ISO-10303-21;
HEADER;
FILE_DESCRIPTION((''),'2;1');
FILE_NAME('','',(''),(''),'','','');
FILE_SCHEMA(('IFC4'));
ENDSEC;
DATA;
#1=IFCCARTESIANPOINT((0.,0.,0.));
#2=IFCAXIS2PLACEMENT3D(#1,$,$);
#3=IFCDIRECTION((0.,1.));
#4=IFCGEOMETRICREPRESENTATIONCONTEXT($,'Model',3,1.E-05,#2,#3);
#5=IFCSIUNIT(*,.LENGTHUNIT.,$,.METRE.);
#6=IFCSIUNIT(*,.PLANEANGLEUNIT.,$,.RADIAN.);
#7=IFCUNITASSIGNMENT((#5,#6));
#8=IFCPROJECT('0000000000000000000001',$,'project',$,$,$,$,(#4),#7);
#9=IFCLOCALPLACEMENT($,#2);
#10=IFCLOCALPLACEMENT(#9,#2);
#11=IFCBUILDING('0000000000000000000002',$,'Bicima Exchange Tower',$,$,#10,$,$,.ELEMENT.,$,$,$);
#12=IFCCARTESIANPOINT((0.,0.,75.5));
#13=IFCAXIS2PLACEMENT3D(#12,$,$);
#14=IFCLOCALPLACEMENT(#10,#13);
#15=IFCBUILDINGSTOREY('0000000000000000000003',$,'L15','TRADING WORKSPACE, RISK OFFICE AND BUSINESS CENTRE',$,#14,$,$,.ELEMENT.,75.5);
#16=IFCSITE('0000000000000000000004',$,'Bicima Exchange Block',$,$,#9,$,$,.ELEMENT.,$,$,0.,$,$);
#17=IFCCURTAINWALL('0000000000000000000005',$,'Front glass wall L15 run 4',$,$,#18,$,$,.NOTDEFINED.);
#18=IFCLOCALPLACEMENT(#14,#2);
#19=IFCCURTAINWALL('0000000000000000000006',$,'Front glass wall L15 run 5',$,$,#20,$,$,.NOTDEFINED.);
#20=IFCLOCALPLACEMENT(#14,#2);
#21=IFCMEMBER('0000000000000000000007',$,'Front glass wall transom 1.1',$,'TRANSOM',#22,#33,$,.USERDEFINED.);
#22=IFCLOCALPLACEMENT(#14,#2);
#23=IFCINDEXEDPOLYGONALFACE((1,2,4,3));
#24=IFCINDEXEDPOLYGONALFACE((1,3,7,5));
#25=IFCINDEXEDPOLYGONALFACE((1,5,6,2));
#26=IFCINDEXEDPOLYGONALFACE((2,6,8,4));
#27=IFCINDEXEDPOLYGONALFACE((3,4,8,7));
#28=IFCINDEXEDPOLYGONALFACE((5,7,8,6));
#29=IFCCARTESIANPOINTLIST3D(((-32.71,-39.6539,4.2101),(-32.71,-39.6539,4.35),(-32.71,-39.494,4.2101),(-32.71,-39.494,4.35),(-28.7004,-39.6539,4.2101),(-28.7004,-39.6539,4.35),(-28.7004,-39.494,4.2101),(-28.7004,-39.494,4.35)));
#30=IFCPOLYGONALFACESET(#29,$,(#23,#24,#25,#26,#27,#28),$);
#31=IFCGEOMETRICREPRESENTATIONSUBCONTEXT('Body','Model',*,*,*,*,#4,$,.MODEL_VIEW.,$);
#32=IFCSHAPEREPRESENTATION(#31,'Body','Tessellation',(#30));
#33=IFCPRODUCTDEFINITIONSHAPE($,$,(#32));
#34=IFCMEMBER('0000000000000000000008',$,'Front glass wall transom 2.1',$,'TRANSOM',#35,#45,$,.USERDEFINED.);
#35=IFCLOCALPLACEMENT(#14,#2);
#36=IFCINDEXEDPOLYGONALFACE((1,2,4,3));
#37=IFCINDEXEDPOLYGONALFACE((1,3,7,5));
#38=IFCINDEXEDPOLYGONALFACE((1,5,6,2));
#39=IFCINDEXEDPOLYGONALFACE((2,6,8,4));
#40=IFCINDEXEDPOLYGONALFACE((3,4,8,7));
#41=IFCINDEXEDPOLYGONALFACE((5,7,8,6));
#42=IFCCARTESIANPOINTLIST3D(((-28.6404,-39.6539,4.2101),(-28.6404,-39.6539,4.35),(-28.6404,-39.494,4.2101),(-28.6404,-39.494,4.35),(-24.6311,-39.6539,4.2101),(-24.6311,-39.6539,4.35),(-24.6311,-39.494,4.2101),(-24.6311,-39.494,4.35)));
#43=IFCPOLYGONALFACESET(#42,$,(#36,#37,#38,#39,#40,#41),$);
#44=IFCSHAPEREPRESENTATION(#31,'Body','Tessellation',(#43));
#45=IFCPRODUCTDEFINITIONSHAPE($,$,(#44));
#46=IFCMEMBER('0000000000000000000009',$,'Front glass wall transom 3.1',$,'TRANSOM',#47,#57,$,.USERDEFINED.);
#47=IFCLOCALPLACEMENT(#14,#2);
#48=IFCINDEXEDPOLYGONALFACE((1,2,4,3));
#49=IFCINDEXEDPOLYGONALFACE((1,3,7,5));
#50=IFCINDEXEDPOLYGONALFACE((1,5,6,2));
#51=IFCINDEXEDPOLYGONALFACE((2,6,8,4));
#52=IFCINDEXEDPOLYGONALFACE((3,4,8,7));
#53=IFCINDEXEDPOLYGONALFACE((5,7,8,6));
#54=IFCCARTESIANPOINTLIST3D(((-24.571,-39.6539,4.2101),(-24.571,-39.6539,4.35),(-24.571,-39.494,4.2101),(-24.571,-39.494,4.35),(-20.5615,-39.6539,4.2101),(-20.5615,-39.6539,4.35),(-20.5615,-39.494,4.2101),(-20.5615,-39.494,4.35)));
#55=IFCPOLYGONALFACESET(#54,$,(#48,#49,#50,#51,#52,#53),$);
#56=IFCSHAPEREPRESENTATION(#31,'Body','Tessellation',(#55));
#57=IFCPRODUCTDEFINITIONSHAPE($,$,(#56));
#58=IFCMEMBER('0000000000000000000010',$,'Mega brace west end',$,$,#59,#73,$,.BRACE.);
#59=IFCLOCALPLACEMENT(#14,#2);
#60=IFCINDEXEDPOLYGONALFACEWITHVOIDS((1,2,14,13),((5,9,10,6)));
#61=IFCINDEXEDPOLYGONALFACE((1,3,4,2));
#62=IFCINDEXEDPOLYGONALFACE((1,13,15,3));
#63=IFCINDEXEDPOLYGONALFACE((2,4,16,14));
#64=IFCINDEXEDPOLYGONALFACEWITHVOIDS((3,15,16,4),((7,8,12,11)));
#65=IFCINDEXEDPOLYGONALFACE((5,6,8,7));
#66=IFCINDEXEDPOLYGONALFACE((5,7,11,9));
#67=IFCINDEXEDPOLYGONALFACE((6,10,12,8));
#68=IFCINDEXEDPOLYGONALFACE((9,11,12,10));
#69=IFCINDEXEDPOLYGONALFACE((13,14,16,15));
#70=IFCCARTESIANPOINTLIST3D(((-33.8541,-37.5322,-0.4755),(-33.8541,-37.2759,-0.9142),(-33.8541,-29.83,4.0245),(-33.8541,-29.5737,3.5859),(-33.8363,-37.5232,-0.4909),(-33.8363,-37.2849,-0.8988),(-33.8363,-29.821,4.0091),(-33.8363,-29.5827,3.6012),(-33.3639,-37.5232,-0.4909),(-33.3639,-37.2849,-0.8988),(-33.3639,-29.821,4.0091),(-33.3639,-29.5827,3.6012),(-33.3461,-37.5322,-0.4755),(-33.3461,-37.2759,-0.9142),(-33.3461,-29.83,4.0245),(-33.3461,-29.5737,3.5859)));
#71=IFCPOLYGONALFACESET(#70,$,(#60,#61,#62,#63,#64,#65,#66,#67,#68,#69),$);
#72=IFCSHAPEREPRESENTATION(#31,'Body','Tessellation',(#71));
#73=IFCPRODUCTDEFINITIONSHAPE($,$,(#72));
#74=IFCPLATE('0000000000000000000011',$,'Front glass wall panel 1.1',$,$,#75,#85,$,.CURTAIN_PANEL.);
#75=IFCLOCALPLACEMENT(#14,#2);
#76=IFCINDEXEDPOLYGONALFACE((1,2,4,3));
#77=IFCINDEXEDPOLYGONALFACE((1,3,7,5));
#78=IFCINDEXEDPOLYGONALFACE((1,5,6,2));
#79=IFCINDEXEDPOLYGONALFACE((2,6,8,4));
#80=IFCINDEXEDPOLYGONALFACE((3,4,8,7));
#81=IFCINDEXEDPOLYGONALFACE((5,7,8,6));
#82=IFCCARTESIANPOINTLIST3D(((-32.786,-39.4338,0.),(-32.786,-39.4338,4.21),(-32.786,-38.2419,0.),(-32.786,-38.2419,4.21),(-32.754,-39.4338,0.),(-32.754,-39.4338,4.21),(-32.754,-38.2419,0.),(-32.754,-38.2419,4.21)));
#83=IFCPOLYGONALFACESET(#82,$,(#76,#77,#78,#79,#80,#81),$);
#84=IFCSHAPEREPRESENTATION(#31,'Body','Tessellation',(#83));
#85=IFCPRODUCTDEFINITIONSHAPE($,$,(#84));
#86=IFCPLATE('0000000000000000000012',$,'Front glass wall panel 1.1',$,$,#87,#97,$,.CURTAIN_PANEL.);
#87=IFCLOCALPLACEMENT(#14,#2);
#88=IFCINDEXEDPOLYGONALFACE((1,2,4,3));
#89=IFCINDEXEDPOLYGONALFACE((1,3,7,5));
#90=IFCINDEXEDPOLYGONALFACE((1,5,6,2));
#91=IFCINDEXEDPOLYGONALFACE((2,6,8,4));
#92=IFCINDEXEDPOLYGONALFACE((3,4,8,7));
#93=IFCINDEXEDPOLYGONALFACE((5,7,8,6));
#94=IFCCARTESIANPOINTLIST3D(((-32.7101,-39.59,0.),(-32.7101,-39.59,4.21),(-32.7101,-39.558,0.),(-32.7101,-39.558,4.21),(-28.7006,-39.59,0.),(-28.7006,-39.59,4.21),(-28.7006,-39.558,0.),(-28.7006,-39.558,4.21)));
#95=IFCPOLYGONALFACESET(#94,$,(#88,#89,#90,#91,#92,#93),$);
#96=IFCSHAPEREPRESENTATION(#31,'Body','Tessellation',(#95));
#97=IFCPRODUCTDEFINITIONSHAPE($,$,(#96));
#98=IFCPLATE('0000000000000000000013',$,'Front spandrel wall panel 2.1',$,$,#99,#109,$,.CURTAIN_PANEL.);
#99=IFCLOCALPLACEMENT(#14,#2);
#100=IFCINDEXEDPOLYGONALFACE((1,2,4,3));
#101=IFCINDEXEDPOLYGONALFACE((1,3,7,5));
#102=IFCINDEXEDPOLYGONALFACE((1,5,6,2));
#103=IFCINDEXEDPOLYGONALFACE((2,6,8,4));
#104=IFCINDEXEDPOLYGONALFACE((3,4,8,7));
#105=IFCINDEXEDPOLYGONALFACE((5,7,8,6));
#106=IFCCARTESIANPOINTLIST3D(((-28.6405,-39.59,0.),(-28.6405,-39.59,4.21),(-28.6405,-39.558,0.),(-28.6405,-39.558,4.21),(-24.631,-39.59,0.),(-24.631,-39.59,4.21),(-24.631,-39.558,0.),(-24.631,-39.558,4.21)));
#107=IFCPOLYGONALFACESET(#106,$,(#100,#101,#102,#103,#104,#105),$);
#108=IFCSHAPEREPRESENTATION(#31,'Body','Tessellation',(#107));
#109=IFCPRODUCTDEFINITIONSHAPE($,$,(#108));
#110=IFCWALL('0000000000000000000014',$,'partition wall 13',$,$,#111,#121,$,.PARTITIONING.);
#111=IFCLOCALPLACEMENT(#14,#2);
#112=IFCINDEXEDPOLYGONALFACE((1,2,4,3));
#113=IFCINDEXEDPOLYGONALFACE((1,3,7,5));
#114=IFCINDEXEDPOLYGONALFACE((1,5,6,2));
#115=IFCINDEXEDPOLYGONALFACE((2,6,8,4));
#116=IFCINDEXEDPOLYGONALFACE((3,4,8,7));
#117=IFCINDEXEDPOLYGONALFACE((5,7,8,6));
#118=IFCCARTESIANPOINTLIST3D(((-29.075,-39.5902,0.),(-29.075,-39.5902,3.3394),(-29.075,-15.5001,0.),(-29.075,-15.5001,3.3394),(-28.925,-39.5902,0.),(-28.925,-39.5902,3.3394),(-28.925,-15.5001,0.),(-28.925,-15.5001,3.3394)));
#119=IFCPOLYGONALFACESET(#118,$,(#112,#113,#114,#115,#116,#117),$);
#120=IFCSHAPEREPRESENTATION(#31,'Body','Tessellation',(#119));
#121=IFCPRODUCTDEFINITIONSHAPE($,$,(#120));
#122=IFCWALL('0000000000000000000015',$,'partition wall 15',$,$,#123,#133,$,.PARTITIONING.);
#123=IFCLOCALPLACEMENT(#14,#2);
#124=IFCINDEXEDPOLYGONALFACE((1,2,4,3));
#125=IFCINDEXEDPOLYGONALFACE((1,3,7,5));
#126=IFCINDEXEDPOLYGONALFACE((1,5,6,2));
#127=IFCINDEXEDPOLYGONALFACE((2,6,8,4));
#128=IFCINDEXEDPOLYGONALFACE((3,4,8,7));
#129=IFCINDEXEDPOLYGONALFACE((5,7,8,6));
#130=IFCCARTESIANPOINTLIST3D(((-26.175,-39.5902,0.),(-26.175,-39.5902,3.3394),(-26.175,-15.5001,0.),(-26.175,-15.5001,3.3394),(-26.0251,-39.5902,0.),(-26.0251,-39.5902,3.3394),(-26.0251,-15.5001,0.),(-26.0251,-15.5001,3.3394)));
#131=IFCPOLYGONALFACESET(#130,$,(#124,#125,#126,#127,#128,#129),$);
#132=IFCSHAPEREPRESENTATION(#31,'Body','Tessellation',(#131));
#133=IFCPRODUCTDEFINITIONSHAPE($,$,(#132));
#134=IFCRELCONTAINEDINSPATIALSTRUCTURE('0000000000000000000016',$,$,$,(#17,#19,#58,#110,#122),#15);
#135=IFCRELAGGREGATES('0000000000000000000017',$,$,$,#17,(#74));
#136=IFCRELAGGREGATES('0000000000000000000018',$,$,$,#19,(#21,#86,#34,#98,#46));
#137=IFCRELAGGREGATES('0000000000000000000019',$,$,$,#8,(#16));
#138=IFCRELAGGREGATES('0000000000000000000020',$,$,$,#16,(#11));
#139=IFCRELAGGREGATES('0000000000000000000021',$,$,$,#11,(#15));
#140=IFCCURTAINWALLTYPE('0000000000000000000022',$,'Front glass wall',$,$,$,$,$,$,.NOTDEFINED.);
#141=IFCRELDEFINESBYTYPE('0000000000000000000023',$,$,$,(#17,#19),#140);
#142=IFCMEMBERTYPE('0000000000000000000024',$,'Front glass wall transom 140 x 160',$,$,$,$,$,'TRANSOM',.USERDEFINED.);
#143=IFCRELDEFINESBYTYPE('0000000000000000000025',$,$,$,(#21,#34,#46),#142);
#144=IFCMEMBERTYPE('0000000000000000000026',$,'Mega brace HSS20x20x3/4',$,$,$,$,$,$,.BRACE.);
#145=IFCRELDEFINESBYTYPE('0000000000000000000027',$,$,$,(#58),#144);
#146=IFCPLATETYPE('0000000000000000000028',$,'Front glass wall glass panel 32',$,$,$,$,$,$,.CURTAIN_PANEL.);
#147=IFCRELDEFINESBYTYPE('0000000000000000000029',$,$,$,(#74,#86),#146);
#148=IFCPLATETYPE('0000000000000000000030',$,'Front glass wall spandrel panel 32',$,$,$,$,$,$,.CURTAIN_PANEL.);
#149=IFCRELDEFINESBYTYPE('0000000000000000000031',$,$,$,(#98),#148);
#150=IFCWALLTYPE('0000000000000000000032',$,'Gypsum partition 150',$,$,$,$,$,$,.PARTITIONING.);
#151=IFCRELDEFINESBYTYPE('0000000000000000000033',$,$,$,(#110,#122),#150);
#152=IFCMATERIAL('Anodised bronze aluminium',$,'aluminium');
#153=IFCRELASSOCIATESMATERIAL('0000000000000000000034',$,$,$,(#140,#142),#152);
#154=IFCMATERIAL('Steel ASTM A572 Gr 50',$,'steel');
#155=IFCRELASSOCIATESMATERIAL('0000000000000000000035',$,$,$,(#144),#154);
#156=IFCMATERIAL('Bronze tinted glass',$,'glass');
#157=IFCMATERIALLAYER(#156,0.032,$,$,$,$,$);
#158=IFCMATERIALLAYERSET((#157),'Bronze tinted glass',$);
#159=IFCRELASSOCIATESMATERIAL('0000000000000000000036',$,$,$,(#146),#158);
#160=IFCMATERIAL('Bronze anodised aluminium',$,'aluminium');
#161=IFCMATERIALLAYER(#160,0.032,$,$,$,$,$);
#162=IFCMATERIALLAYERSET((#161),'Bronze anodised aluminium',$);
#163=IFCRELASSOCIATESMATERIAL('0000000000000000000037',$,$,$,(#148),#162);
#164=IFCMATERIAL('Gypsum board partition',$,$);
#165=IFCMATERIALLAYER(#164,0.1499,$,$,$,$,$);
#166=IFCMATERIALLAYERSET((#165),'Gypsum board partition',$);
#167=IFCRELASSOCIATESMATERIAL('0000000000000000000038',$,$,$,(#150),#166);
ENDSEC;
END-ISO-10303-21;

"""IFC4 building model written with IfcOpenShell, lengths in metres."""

from ifc_helpers import new_model, si_unit, direction, frame, frame_2d, origin, origin_2d, place, context, subcontext, project, spatial, rectangle, hollow_rectangle, extrude, material, layer, layer_set, material_profile, profile_set, type_object, element, aggregate, save


model = new_model("IFC4")

# Units and contexts
model_context = context("Model", 3, precision=1e-05, world=origin(), true_north=direction((0.0, 1.0)))
body_context = subcontext(model_context, "Body", "Model", "MODEL_VIEW")
ifc_project = project(units=[si_unit("LENGTHUNIT", "METRE"), si_unit("PLANEANGLEUNIT", "RADIAN")], contexts=[model_context])

# Site, building, storey
site_placement = place(None, origin())
site = spatial("IfcSite", under=ifc_project, at=site_placement, Name="Bicima Exchange Block", CompositionType="ELEMENT", RefElevation=0.0)
building_placement = place(site_placement, origin())
building = spatial("IfcBuilding", under=site, at=building_placement, Name="Bicima Exchange Tower", CompositionType="ELEMENT")
storey_placement = place(building_placement, frame((0.0, 0.0, 75.5)))
storey = spatial("IfcBuildingStorey", under=building, at=storey_placement, Name="L15", Description="TRADING WORKSPACE, RISK OFFICE AND BUSINESS CENTRE", CompositionType="ELEMENT", Elevation=75.5)

# Shared definitions
ifc_material_1 = material(Name="Steel ASTM A572 Gr 50", Category="steel")

# Shared definitions
ifc_material_2 = material(Name="Anodised bronze aluminium", Category="aluminium")
curtain_wall_type = type_object("IfcCurtainWallType", Name="Front glass wall", PredefinedType="NOTDEFINED", material=ifc_material_2)

# Curtain walls
curtain_wall_1_placement = place(storey_placement, origin())
curtain_wall_1 = element("IfcCurtainWall", 1, at=curtain_wall_1_placement, inside=storey, type_object=curtain_wall_type, Name="Front glass wall L15 run 4", PredefinedType="NOTDEFINED")
curtain_wall_2_placement = place(storey_placement, origin())
curtain_wall_2 = element("IfcCurtainWall", 2, at=curtain_wall_2_placement, inside=storey, type_object=curtain_wall_type, Name="Front glass wall L15 run 5", PredefinedType="NOTDEFINED")

# Members
ifc_material_profile_1 = material_profile(ifc_material_2, rectangle(XDim=0.1599, YDim=0.1399, at=origin_2d()))
ifc_profile_set_1 = profile_set([ifc_material_profile_1], Name="Anodised bronze aluminium")
member_type_1 = type_object("IfcMemberType", Name="Front glass wall transom 140 x 160", ElementType="TRANSOM", PredefinedType="USERDEFINED", material=ifc_profile_set_1)
member_1_placement = place(storey_placement, frame((-32.71, -39.574, 4.28), z_axis=(1.0, 0.0, 0.0), x_axis=(0.0, 1.0, 0.0)))
member_1 = element("IfcMember", 3, at=member_1_placement, type_object=member_type_1, Name="Front glass wall transom 1.1", ObjectType="TRANSOM", PredefinedType="USERDEFINED", context=body_context, shape_type="SweptSolid", body=[
    extrude(rectangle(XDim=0.1599, YDim=0.1399, at=origin_2d()), origin(), (0.0, 0.0, 1.0), 4.0095),
])
member_2_placement = place(storey_placement, frame((-28.6404, -39.574, 4.28), z_axis=(1.0, 0.0, 0.0), x_axis=(0.0, 1.0, 0.0)))
member_2 = element("IfcMember", 4, at=member_2_placement, type_object=member_type_1, Name="Front glass wall transom 2.1", ObjectType="TRANSOM", PredefinedType="USERDEFINED", context=body_context, shape_type="SweptSolid", body=[
    extrude(rectangle(XDim=0.1599, YDim=0.1399, at=origin_2d()), origin(), (0.0, 0.0, 1.0), 4.0093),
])
member_3_placement = place(storey_placement, frame((-24.571, -39.574, 4.28), z_axis=(1.0, 0.0, 0.0), x_axis=(0.0, 1.0, 0.0)))
member_3 = element("IfcMember", 5, at=member_3_placement, type_object=member_type_1, Name="Front glass wall transom 3.1", ObjectType="TRANSOM", PredefinedType="USERDEFINED", context=body_context, shape_type="SweptSolid", body=[
    extrude(rectangle(XDim=0.1599, YDim=0.1399, at=origin_2d()), origin(), (0.0, 0.0, 1.0), 4.0095),
])
ifc_material_profile_2 = material_profile(ifc_material_1, hollow_rectangle(XDim=0.5081, YDim=0.5081, WallThickness=0.0178, at=origin_2d()))
ifc_profile_set_2 = profile_set([ifc_material_profile_2], Name="Steel ASTM A572 Gr 50")
member_type_2 = type_object("IfcMemberType", Name="Mega brace HSS20x20x3/4", PredefinedType="BRACE", material=ifc_profile_set_2)
member_4_placement = place(storey_placement, frame((-33.6001, -37.4041, -0.6948), z_axis=(0.0, 0.863433, 0.504463), x_axis=(-1.0, 0.0, 0.0)))
element("IfcMember", 6, at=member_4_placement, inside=storey, type_object=member_type_2, Name="Mega brace west end", PredefinedType="BRACE", context=body_context, shape_type="SweptSolid", body=[
    extrude(hollow_rectangle(XDim=0.5081, YDim=0.5081, WallThickness=0.0178, at=origin_2d()), origin(), (0.0, 0.0, 1.0), 8.9204),
])

# Plates
ifc_material_3 = material(Name="Bronze tinted glass", Category="glass")
ifc_layer_1 = layer(ifc_material_3, 0.032)
ifc_layer_set_1 = layer_set([ifc_layer_1], Name="Bronze tinted glass")
plate_type_1 = type_object("IfcPlateType", Name="Front glass wall glass panel 32", PredefinedType="CURTAIN_PANEL", material=ifc_layer_set_1)
plate_1_placement = place(storey_placement, frame((-32.77, -38.8379, 0.0), z_axis=(0.0, 0.0, 1.0), x_axis=(0.0, -1.0, 0.0)))
plate_1 = element("IfcPlate", 7, at=plate_1_placement, type_object=plate_type_1, Name="Front glass wall panel 1.1", PredefinedType="CURTAIN_PANEL", context=body_context, shape_type="SweptSolid", body=[
    extrude(rectangle(XDim=1.1919, YDim=0.032, at=origin_2d()), origin(), (0.0, 0.0, 1.0), 4.21),
])
aggregate(curtain_wall_1, [plate_1])
plate_2_placement = place(storey_placement, frame((-30.7053, -39.574, 0.0), z_axis=(0.0, 0.0, 1.0), x_axis=(1.0, 0.0, 0.0)))
plate_2 = element("IfcPlate", 8, at=plate_2_placement, type_object=plate_type_1, Name="Front glass wall panel 1.1", PredefinedType="CURTAIN_PANEL", context=body_context, shape_type="SweptSolid", body=[
    extrude(rectangle(XDim=4.0095, YDim=0.032, at=origin_2d()), origin(), (0.0, 0.0, 1.0), 4.21),
])
ifc_material_4 = material(Name="Bronze anodised aluminium", Category="aluminium")
ifc_layer_2 = layer(ifc_material_4, 0.032)
ifc_layer_set_2 = layer_set([ifc_layer_2], Name="Bronze anodised aluminium")
plate_type_2 = type_object("IfcPlateType", Name="Front glass wall spandrel panel 32", PredefinedType="CURTAIN_PANEL", material=ifc_layer_set_2)
plate_3_placement = place(storey_placement, frame((-26.6357, -39.574, 0.0), z_axis=(0.0, 0.0, 1.0), x_axis=(1.0, 0.0, 0.0)))
plate_3 = element("IfcPlate", 9, at=plate_3_placement, type_object=plate_type_2, Name="Front spandrel wall panel 2.1", PredefinedType="CURTAIN_PANEL", context=body_context, shape_type="SweptSolid", body=[
    extrude(rectangle(XDim=4.0095, YDim=0.032, at=origin_2d()), origin(), (0.0, 0.0, 1.0), 4.21),
])
aggregate(curtain_wall_2, [member_1, plate_2, member_2, plate_3, member_3])

# Walls
ifc_material_5 = material(Name="Gypsum board partition")
ifc_layer_3 = layer(ifc_material_5, 0.1499)
ifc_layer_set_3 = layer_set([ifc_layer_3], Name="Gypsum board partition")
wall_type = type_object("IfcWallType", Name="Gypsum partition 150", PredefinedType="PARTITIONING", material=ifc_layer_set_3)
for number, where, z_axis, x_axis, name in (
    (10, (-29.0, -39.5901, 0.0), (0.0, 0.0, 1.0), (0.0, 1.0, 0.0), "partition wall 13"),
    (11, (-26.1001, -39.5901, 0.0), (0.0, 0.0, 1.0), (0.0, 1.0, 0.0), "partition wall 15"),
):
    element("IfcWall", number, at=place(storey_placement, frame(where, z_axis=z_axis, x_axis=x_axis)), inside=storey, type_object=wall_type, Name=name, PredefinedType="PARTITIONING", context=body_context, shape_type="SweptSolid", body=[
        extrude(rectangle(XDim=24.0901, YDim=0.1499, at=frame_2d((12.0449, 0.0))), origin(), (0.0, 0.0, 1.0), 3.3394),
    ])

save(model, "model.ifc")
